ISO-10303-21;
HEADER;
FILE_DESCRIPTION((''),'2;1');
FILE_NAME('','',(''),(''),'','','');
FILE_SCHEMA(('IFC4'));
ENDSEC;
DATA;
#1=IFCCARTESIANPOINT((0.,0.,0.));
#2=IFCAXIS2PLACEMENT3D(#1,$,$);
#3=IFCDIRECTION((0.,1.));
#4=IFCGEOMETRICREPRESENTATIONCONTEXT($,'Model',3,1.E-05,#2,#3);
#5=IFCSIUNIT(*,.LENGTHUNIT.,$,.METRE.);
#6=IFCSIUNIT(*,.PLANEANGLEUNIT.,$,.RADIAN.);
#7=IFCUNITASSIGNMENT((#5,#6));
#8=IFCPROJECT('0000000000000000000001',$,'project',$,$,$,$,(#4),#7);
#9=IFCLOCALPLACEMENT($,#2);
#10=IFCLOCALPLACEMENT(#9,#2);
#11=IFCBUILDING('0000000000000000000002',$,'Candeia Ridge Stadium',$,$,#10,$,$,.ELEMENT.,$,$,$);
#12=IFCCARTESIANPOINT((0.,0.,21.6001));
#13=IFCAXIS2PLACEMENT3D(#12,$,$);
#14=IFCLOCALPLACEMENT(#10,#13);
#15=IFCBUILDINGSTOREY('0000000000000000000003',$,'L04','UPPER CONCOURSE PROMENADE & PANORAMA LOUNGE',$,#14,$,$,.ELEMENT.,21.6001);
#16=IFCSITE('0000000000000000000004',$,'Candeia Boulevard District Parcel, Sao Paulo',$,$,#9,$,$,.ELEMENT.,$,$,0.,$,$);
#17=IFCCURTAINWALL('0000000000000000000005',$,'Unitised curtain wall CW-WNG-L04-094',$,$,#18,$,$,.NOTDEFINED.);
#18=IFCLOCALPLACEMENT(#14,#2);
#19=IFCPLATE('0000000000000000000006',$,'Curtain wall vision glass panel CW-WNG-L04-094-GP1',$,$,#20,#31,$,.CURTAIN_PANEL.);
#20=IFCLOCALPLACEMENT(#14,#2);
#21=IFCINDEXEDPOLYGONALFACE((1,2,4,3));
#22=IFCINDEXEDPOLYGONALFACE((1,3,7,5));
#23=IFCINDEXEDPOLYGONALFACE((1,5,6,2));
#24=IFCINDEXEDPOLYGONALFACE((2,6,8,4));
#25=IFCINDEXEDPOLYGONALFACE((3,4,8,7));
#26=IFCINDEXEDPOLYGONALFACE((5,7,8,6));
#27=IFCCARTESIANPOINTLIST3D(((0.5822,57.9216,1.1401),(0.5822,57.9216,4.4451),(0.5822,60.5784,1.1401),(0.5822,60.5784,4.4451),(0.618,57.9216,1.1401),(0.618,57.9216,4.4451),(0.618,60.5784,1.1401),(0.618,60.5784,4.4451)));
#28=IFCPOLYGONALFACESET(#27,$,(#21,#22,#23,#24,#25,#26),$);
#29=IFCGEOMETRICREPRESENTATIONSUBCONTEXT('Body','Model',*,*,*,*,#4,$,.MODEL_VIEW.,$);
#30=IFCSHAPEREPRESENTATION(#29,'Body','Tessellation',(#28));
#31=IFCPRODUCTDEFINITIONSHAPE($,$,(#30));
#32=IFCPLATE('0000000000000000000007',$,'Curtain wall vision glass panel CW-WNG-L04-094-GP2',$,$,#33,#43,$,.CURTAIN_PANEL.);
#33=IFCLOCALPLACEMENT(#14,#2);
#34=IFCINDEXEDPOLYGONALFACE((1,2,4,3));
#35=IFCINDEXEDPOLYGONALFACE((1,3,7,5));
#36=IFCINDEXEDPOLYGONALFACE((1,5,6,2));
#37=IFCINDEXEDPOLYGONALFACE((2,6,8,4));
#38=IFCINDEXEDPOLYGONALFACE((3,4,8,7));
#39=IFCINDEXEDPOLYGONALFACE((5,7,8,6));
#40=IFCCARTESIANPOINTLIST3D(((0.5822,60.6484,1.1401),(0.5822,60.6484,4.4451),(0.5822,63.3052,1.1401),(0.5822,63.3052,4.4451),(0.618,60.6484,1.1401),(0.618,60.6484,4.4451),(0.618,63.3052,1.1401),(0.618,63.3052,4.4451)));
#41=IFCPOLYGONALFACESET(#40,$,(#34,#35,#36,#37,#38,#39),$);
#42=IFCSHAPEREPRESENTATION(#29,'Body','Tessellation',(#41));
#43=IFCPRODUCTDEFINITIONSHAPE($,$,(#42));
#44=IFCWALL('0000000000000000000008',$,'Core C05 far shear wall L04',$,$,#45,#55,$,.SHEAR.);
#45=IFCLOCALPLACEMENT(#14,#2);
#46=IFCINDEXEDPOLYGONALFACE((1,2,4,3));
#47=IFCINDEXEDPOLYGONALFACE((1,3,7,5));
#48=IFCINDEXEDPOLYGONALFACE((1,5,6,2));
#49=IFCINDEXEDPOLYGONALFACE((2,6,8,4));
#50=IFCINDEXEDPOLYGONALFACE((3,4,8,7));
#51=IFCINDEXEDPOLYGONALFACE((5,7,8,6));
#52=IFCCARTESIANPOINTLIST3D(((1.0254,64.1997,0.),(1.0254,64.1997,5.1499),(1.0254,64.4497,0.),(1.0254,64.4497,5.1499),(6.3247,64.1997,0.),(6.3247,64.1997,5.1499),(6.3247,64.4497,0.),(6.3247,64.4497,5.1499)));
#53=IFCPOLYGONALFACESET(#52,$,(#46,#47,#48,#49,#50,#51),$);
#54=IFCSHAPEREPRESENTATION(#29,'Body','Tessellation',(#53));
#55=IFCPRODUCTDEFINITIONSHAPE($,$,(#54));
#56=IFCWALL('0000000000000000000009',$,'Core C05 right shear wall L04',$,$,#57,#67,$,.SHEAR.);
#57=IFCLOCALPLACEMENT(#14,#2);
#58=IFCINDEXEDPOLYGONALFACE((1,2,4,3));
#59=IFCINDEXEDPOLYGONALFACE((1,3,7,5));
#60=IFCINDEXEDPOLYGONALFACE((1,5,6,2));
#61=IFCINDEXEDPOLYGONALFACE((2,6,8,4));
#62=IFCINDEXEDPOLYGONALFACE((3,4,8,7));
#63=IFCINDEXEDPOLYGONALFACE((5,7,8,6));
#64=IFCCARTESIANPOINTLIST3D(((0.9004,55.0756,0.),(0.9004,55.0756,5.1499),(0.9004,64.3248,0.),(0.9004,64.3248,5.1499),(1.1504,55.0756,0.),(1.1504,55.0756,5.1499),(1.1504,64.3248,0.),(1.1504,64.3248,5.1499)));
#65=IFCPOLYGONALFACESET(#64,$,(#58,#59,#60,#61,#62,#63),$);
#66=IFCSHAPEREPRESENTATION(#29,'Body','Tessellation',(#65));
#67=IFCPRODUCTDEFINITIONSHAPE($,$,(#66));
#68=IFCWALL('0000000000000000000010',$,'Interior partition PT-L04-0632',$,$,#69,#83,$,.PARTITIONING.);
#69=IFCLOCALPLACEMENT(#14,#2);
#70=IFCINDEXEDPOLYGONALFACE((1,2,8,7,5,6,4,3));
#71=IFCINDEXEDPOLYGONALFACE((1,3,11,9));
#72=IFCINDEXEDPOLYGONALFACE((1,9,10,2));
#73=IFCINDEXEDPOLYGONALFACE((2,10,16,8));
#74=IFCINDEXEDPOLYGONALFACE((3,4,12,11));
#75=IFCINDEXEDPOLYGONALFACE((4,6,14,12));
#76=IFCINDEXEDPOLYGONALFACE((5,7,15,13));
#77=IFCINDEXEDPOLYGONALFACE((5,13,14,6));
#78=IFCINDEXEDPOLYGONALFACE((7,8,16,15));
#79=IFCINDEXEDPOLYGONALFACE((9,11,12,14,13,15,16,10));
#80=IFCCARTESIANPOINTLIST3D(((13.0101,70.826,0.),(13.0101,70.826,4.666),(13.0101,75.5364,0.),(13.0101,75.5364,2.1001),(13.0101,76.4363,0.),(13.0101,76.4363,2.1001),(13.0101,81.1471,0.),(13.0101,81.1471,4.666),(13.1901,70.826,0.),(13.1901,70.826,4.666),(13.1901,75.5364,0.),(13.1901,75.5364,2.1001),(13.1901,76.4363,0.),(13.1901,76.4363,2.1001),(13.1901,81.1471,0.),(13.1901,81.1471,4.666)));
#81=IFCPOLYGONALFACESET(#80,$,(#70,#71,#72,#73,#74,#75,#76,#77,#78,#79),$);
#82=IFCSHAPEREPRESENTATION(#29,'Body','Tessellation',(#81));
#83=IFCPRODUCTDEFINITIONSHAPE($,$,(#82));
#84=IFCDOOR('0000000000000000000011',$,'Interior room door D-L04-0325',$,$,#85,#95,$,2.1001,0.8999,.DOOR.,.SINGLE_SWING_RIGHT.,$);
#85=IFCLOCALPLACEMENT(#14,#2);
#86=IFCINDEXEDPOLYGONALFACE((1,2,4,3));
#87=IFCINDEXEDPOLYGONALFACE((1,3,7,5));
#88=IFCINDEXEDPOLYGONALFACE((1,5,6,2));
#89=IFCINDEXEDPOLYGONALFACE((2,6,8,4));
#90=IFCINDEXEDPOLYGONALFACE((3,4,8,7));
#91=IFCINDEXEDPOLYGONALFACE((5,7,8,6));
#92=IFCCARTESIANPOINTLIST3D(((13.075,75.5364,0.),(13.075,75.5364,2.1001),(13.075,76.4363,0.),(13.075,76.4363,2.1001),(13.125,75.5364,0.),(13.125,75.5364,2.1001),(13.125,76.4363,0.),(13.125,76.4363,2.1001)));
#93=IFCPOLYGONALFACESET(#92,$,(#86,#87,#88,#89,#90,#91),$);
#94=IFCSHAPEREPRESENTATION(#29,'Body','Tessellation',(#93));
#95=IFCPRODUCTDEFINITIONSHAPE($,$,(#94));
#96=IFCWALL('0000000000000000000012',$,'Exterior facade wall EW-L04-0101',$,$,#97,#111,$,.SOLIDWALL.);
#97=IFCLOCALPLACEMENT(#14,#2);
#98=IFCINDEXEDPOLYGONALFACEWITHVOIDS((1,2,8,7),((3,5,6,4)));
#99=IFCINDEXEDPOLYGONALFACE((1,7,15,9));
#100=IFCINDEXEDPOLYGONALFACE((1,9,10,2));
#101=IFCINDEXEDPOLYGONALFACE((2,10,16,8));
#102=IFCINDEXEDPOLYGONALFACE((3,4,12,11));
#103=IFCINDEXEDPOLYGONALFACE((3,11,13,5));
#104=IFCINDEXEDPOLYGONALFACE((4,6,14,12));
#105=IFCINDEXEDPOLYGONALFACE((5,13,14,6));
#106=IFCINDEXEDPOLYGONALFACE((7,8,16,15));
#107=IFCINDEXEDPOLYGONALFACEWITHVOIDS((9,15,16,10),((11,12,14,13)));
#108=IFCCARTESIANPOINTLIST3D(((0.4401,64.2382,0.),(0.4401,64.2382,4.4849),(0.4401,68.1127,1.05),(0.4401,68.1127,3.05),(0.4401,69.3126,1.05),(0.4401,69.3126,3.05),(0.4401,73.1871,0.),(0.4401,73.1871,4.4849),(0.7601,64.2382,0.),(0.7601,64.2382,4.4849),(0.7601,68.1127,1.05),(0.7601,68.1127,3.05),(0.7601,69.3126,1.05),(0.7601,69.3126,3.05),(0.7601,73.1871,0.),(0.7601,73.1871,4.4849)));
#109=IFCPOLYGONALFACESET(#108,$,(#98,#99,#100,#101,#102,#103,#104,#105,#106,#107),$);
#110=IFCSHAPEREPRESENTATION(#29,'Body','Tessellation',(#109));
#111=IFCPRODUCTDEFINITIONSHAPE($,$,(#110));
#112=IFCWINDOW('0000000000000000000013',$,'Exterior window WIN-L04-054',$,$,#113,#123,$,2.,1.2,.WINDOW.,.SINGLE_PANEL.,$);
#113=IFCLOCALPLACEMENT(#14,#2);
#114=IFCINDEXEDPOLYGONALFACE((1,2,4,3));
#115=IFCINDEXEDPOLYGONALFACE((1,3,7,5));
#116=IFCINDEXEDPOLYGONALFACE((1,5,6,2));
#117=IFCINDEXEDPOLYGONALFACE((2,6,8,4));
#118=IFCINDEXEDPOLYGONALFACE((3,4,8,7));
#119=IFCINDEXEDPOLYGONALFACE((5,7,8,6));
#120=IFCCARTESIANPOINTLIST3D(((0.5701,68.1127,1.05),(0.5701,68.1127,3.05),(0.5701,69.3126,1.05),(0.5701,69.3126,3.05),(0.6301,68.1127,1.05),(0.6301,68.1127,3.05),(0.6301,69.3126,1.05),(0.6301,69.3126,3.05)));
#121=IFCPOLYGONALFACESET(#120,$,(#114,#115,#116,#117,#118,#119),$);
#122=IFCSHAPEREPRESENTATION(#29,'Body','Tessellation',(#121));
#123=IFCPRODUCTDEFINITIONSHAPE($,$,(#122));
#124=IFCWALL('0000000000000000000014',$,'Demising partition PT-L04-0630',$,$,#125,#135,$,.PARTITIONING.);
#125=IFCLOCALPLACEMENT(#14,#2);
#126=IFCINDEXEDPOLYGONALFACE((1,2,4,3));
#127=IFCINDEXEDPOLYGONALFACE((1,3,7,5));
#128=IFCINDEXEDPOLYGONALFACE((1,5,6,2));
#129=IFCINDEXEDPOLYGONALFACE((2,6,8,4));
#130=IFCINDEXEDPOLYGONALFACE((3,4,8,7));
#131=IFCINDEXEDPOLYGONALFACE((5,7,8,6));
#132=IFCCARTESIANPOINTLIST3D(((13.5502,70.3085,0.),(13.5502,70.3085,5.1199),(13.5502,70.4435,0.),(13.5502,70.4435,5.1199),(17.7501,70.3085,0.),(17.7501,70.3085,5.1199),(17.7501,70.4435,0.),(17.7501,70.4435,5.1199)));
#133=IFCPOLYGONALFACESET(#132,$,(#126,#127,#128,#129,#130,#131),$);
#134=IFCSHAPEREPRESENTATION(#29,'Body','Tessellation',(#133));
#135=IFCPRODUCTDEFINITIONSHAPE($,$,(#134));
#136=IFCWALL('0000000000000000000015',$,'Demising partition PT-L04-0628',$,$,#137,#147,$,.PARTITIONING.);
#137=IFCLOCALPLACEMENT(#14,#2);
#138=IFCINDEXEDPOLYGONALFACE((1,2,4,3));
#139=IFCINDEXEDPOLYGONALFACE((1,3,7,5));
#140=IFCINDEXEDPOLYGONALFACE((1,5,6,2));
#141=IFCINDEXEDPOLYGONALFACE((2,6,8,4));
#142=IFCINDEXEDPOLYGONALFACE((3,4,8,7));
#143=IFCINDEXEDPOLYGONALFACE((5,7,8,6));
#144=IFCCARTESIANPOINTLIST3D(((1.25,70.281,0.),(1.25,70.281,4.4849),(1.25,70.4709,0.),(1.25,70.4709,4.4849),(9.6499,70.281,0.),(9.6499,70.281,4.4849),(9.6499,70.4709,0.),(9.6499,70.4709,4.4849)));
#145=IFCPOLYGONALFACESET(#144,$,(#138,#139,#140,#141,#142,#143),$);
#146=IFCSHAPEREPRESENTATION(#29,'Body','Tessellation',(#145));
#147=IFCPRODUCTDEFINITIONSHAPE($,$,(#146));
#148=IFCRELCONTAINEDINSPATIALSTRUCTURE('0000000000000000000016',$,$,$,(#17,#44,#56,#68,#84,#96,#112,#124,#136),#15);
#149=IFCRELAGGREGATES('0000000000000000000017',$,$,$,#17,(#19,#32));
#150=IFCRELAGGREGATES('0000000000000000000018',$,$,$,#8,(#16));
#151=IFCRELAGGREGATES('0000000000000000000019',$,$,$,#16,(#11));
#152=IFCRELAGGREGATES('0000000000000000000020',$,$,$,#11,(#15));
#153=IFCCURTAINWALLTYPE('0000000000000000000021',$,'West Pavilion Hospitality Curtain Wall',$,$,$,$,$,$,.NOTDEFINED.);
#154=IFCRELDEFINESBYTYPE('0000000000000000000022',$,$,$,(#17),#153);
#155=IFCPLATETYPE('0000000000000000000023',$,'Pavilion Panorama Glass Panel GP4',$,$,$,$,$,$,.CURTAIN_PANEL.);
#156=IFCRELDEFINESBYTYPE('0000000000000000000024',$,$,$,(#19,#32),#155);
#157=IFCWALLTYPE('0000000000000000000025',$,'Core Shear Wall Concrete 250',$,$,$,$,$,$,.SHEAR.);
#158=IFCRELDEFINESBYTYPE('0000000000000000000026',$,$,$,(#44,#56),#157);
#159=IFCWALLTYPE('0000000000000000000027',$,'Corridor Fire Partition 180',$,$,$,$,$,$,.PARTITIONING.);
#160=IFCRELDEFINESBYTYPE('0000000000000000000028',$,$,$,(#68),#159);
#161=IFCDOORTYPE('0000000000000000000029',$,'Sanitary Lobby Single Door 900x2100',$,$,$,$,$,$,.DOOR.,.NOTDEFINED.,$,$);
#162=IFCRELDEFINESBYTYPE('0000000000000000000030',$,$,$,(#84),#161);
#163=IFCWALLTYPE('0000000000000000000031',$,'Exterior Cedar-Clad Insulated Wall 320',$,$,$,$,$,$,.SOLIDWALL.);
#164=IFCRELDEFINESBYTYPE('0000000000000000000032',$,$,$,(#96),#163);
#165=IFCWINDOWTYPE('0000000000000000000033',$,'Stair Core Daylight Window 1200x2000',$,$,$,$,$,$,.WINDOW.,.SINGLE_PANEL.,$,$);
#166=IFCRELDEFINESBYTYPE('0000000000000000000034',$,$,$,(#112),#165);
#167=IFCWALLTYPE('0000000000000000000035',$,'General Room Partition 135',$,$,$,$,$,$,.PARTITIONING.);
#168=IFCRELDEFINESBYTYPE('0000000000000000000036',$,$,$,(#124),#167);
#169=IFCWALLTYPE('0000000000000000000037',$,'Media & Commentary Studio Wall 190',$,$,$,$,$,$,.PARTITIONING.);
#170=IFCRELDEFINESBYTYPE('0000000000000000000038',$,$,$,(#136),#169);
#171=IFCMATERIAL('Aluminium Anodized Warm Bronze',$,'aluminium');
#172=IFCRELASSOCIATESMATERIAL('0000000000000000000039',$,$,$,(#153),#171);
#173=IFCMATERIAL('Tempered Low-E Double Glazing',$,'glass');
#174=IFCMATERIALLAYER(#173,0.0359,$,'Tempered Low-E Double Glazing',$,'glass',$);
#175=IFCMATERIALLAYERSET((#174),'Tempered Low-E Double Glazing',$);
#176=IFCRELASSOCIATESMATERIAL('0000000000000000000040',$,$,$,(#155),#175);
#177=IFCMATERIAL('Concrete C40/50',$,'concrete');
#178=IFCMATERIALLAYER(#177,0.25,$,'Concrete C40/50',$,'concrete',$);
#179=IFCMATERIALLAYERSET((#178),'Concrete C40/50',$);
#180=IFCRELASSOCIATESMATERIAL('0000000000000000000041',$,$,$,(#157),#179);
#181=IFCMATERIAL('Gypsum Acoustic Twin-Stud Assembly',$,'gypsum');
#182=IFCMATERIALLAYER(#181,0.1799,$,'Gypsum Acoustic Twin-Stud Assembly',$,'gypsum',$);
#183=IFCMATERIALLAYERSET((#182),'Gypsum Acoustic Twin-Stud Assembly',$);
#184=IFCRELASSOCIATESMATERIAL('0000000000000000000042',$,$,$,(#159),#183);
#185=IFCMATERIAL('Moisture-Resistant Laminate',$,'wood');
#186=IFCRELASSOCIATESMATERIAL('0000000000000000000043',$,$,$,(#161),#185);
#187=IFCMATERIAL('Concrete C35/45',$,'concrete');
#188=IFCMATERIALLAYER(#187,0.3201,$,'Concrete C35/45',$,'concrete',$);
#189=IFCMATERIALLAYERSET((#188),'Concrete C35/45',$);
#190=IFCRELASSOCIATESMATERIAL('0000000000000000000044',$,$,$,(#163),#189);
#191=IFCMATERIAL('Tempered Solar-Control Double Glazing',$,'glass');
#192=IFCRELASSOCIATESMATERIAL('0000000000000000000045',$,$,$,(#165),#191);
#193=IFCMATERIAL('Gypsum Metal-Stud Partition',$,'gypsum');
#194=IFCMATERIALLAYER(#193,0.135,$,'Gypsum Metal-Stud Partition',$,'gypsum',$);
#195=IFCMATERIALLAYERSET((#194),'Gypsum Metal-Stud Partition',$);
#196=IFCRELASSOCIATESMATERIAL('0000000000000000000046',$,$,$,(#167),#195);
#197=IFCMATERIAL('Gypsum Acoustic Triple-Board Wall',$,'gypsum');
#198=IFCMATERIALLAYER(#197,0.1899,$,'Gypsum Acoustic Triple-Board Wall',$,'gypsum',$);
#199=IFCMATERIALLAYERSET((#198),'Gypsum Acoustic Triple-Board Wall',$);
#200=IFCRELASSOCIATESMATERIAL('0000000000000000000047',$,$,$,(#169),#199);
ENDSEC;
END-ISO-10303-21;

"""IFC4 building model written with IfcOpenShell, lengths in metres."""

from ifc_helpers import new_model, si_unit, direction, frame, frame_2d, origin, origin_2d, place, context, subcontext, project, spatial, rectangle, extrude, material, layer, layer_set, type_object, element, fill, aggregate, save


model = new_model("IFC4")

# Units and contexts
model_context = context("Model", 3, precision=1e-05, world=origin(), true_north=direction((0.0, 1.0)))
body_context = subcontext(model_context, "Body", "Model", "MODEL_VIEW")
ifc_project = project(units=[si_unit("LENGTHUNIT", "METRE"), si_unit("PLANEANGLEUNIT", "RADIAN")], contexts=[model_context])

# Site, building, storey
site_placement = place(None, origin())
site = spatial("IfcSite", under=ifc_project, at=site_placement, Name="Candeia Boulevard District Parcel, Sao Paulo", CompositionType="ELEMENT", RefElevation=0.0)
building_placement = place(site_placement, origin())
building = spatial("IfcBuilding", under=site, at=building_placement, Name="Candeia Ridge Stadium", CompositionType="ELEMENT")
storey_placement = place(building_placement, frame((0.0, 0.0, 21.6001)))
storey = spatial("IfcBuildingStorey", under=building, at=storey_placement, Name="L04", Description="UPPER CONCOURSE PROMENADE & PANORAMA LOUNGE", CompositionType="ELEMENT", Elevation=21.6001)

# Shared definitions
ifc_material_1 = material(Name="Concrete C40/50", Category="concrete")

# Curtain wall
ifc_material_2 = material(Name="Aluminium Anodized Warm Bronze", Category="aluminium")
curtain_wall_type = type_object("IfcCurtainWallType", Name="West Pavilion Hospitality Curtain Wall", PredefinedType="NOTDEFINED", material=ifc_material_2)
curtain_wall_placement = place(storey_placement, origin())
curtain_wall = element("IfcCurtainWall", 1, at=curtain_wall_placement, inside=storey, type_object=curtain_wall_type, Name="Unitised curtain wall CW-WNG-L04-094", PredefinedType="NOTDEFINED")

# Plates
ifc_material_3 = material(Name="Tempered Low-E Double Glazing", Category="glass")
ifc_layer_1 = layer(ifc_material_3, 0.0359, Name="Tempered Low-E Double Glazing", Category="glass")
ifc_layer_set_1 = layer_set([ifc_layer_1], Name="Tempered Low-E Double Glazing")
plate_type_1 = type_object("IfcPlateType", Name="Pavilion Panorama Glass Panel GP4", PredefinedType="CURTAIN_PANEL", material=ifc_layer_set_1)
plate_1_placement = place(storey_placement, frame((0.6001, 59.25, 1.1401), z_axis=(0.0, 0.0, 1.0), x_axis=(0.0, 1.0, 0.0)))
plate_1 = element("IfcPlate", 2, at=plate_1_placement, type_object=plate_type_1, Name="Curtain wall vision glass panel CW-WNG-L04-094-GP1", PredefinedType="CURTAIN_PANEL", context=body_context, shape_type="SweptSolid", body=[
    extrude(rectangle(XDim=2.6567, YDim=0.0359, at=origin_2d()), origin(), (0.0, 0.0, 1.0), 3.3049),
])
plate_2_placement = place(storey_placement, frame((0.6001, 61.9768, 1.1401), z_axis=(0.0, 0.0, 1.0), x_axis=(0.0, 1.0, 0.0)))
plate_2 = element("IfcPlate", 3, at=plate_2_placement, type_object=plate_type_1, Name="Curtain wall vision glass panel CW-WNG-L04-094-GP2", PredefinedType="CURTAIN_PANEL", context=body_context, shape_type="SweptSolid", body=[
    extrude(rectangle(XDim=2.6567, YDim=0.0359, at=origin_2d()), origin(), (0.0, 0.0, 1.0), 3.3049),
])
aggregate(curtain_wall, [plate_1, plate_2])

# Walls
ifc_layer_2 = layer(ifc_material_1, 0.25, Name="Concrete C40/50", Category="concrete")
ifc_layer_set_2 = layer_set([ifc_layer_2], Name="Concrete C40/50")
wall_type_1 = type_object("IfcWallType", Name="Core Shear Wall Concrete 250", PredefinedType="SHEAR", material=ifc_layer_set_2)
wall_1_placement = place(storey_placement, frame((6.3247, 64.3247, 0.0), z_axis=(0.0, 0.0, 1.0), x_axis=(-1.0, 0.0, 0.0)))
element("IfcWall", 4, at=wall_1_placement, inside=storey, type_object=wall_type_1, Name="Core C05 far shear wall L04", PredefinedType="SHEAR", context=body_context, shape_type="SweptSolid", body=[
    extrude(rectangle(XDim=5.2993, YDim=0.25, at=frame_2d((2.6497, 0.0))), origin(), (0.0, 0.0, 1.0), 5.1499),
])
wall_2_placement = place(storey_placement, frame((1.0254, 64.3247, 0.0), z_axis=(0.0, 0.0, 1.0), x_axis=(0.0, -1.0, 0.0)))
element("IfcWall", 5, at=wall_2_placement, inside=storey, type_object=wall_type_1, Name="Core C05 right shear wall L04", PredefinedType="SHEAR", context=body_context, shape_type="SweptSolid", body=[
    extrude(rectangle(XDim=9.2493, YDim=0.25, at=frame_2d((4.6245, 0.0))), origin(), (0.0, 0.0, 1.0), 5.1499),
])

# Wall, opening, door
ifc_material_4 = material(Name="Gypsum Acoustic Twin-Stud Assembly", Category="gypsum")
ifc_layer_3 = layer(ifc_material_4, 0.1799, Name="Gypsum Acoustic Twin-Stud Assembly", Category="gypsum")
ifc_layer_set_3 = layer_set([ifc_layer_3], Name="Gypsum Acoustic Twin-Stud Assembly")
wall_type_2 = type_object("IfcWallType", Name="Corridor Fire Partition 180", PredefinedType="PARTITIONING", material=ifc_layer_set_3)
wall_3_placement = place(storey_placement, frame((13.1001, 70.8259, 0.0), z_axis=(0.0, 0.0, 1.0), x_axis=(0.0, 1.0, 0.0)))
wall_3 = element("IfcWall", 6, at=wall_3_placement, inside=storey, type_object=wall_type_2, Name="Interior partition PT-L04-0632", PredefinedType="PARTITIONING", context=body_context, shape_type="SweptSolid", body=[
    extrude(rectangle(XDim=10.321, YDim=0.1799, at=frame_2d((5.1606, 0.0))), origin(), (0.0, 0.0, 1.0), 4.666),
])
opening_1_placement = place(wall_3_placement, frame((4.7104, 0.0, 0.0)))
opening_1 = element("IfcOpeningElement", 7, at=opening_1_placement, cuts=wall_3, PredefinedType="OPENING", context=body_context, shape_type="SweptSolid", body=[
    extrude(rectangle(XDim=0.8999, YDim=2.1001, at=frame_2d((0.45, 1.05))), frame((0.0, 0.0999, 0.0), z_axis=(0.0, -1.0, 0.0), x_axis=(1.0, 0.0, 0.0)), (0.0, 0.0, 1.0), 0.2),
])
ifc_material_5 = material(Name="Moisture-Resistant Laminate", Category="wood")
door_type_1 = type_object("IfcDoorType", Name="Sanitary Lobby Single Door 900x2100", OperationType="NOTDEFINED", PredefinedType="DOOR", material=ifc_material_5)
door_1_placement = place(opening_1_placement, frame((0.8999, 0.0, 0.0), z_axis=(0.0, 0.0, 1.0), x_axis=(-1.0, 0.0, 0.0)))
door_1 = element("IfcDoor", 8, at=door_1_placement, inside=storey, type_object=door_type_1, Name="Interior room door D-L04-0325", OperationType="SINGLE_SWING_RIGHT", OverallHeight=2.1001, OverallWidth=0.8999, PredefinedType="DOOR", context=body_context, shape_type="SweptSolid", body=[
    extrude(rectangle(XDim=0.8999, YDim=2.1001, at=frame_2d((0.45, 1.05))), frame((0.0, 0.0249, 0.0), z_axis=(0.0, -1.0, 0.0), x_axis=(1.0, 0.0, 0.0)), (0.0, 0.0, 1.0), 0.05),
])
fill(opening_1, door_1)

# Wall, opening, window
ifc_material_6 = material(Name="Concrete C35/45", Category="concrete")
ifc_layer_4 = layer(ifc_material_6, 0.3201, Name="Concrete C35/45", Category="concrete")
ifc_layer_set_4 = layer_set([ifc_layer_4], Name="Concrete C35/45")
wall_type_3 = type_object("IfcWallType", Name="Exterior Cedar-Clad Insulated Wall 320", PredefinedType="SOLIDWALL", material=ifc_layer_set_4)
wall_4_placement = place(storey_placement, frame((0.6001, 64.238, 0.0), z_axis=(0.0, 0.0, 1.0), x_axis=(0.0, 1.0, 0.0)))
wall_4 = element("IfcWall", 9, at=wall_4_placement, inside=storey, type_object=wall_type_3, Name="Exterior facade wall EW-L04-0101", PredefinedType="SOLIDWALL", context=body_context, shape_type="SweptSolid", body=[
    extrude(rectangle(XDim=8.949, YDim=0.3201, at=frame_2d((4.4746, 0.0))), origin(), (0.0, 0.0, 1.0), 4.4849),
])
opening_2_placement = place(wall_4_placement, frame((3.8745, 0.0, 1.05)))
opening_2 = element("IfcOpeningElement", 10, at=opening_2_placement, cuts=wall_4, PredefinedType="OPENING", context=body_context, shape_type="SweptSolid", body=[
    extrude(rectangle(XDim=1.2, YDim=2.0, at=frame_2d((0.6001, 1.0))), frame((0.0, 0.1699, 0.0), z_axis=(0.0, -1.0, 0.0), x_axis=(1.0, 0.0, 0.0)), (0.0, 0.0, 1.0), 0.3401),
])
ifc_material_7 = material(Name="Tempered Solar-Control Double Glazing", Category="glass")
window_type = type_object("IfcWindowType", Name="Stair Core Daylight Window 1200x2000", PartitioningType="SINGLE_PANEL", PredefinedType="WINDOW", material=ifc_material_7)
window_placement = place(opening_2_placement, origin())
window = element("IfcWindow", 11, at=window_placement, inside=storey, type_object=window_type, Name="Exterior window WIN-L04-054", OverallHeight=2.0, OverallWidth=1.2, PartitioningType="SINGLE_PANEL", PredefinedType="WINDOW", context=body_context, shape_type="SweptSolid", body=[
    extrude(rectangle(XDim=1.2, YDim=2.0, at=frame_2d((0.6001, 1.0))), frame((0.0, 0.03, 0.0), z_axis=(0.0, -1.0, 0.0), x_axis=(1.0, 0.0, 0.0)), (0.0, 0.0, 1.0), 0.0601),
])
fill(opening_2, window)

# Walls
ifc_material_8 = material(Name="Gypsum Metal-Stud Partition", Category="gypsum")
ifc_layer_5 = layer(ifc_material_8, 0.135, Name="Gypsum Metal-Stud Partition", Category="gypsum")
ifc_layer_set_5 = layer_set([ifc_layer_5], Name="Gypsum Metal-Stud Partition")
wall_type_4 = type_object("IfcWallType", Name="General Room Partition 135", PredefinedType="PARTITIONING", material=ifc_layer_set_5)
wall_5_placement = place(storey_placement, frame((13.55, 70.376, 0.0), z_axis=(0.0, 0.0, 1.0), x_axis=(1.0, 0.0, 0.0)))
element("IfcWall", 12, at=wall_5_placement, inside=storey, type_object=wall_type_4, Name="Demising partition PT-L04-0630", PredefinedType="PARTITIONING", context=body_context, shape_type="SweptSolid", body=[
    extrude(rectangle(XDim=4.2, YDim=0.135, at=frame_2d((2.1001, 0.0))), origin(), (0.0, 0.0, 1.0), 5.1199),
])
ifc_material_9 = material(Name="Gypsum Acoustic Triple-Board Wall", Category="gypsum")
ifc_layer_6 = layer(ifc_material_9, 0.1899, Name="Gypsum Acoustic Triple-Board Wall", Category="gypsum")
ifc_layer_set_6 = layer_set([ifc_layer_6], Name="Gypsum Acoustic Triple-Board Wall")
wall_type_5 = type_object("IfcWallType", Name="Media & Commentary Studio Wall 190", PredefinedType="PARTITIONING", material=ifc_layer_set_6)
wall_6_placement = place(storey_placement, frame((1.25, 70.376, 0.0), z_axis=(0.0, 0.0, 1.0), x_axis=(1.0, 0.0, 0.0)))
element("IfcWall", 13, at=wall_6_placement, inside=storey, type_object=wall_type_5, Name="Demising partition PT-L04-0628", PredefinedType="PARTITIONING", context=body_context, shape_type="SweptSolid", body=[
    extrude(rectangle(XDim=8.3999, YDim=0.1899, at=frame_2d((4.2, 0.0))), origin(), (0.0, 0.0, 1.0), 4.4849),
])

save(model, "model.ifc")
